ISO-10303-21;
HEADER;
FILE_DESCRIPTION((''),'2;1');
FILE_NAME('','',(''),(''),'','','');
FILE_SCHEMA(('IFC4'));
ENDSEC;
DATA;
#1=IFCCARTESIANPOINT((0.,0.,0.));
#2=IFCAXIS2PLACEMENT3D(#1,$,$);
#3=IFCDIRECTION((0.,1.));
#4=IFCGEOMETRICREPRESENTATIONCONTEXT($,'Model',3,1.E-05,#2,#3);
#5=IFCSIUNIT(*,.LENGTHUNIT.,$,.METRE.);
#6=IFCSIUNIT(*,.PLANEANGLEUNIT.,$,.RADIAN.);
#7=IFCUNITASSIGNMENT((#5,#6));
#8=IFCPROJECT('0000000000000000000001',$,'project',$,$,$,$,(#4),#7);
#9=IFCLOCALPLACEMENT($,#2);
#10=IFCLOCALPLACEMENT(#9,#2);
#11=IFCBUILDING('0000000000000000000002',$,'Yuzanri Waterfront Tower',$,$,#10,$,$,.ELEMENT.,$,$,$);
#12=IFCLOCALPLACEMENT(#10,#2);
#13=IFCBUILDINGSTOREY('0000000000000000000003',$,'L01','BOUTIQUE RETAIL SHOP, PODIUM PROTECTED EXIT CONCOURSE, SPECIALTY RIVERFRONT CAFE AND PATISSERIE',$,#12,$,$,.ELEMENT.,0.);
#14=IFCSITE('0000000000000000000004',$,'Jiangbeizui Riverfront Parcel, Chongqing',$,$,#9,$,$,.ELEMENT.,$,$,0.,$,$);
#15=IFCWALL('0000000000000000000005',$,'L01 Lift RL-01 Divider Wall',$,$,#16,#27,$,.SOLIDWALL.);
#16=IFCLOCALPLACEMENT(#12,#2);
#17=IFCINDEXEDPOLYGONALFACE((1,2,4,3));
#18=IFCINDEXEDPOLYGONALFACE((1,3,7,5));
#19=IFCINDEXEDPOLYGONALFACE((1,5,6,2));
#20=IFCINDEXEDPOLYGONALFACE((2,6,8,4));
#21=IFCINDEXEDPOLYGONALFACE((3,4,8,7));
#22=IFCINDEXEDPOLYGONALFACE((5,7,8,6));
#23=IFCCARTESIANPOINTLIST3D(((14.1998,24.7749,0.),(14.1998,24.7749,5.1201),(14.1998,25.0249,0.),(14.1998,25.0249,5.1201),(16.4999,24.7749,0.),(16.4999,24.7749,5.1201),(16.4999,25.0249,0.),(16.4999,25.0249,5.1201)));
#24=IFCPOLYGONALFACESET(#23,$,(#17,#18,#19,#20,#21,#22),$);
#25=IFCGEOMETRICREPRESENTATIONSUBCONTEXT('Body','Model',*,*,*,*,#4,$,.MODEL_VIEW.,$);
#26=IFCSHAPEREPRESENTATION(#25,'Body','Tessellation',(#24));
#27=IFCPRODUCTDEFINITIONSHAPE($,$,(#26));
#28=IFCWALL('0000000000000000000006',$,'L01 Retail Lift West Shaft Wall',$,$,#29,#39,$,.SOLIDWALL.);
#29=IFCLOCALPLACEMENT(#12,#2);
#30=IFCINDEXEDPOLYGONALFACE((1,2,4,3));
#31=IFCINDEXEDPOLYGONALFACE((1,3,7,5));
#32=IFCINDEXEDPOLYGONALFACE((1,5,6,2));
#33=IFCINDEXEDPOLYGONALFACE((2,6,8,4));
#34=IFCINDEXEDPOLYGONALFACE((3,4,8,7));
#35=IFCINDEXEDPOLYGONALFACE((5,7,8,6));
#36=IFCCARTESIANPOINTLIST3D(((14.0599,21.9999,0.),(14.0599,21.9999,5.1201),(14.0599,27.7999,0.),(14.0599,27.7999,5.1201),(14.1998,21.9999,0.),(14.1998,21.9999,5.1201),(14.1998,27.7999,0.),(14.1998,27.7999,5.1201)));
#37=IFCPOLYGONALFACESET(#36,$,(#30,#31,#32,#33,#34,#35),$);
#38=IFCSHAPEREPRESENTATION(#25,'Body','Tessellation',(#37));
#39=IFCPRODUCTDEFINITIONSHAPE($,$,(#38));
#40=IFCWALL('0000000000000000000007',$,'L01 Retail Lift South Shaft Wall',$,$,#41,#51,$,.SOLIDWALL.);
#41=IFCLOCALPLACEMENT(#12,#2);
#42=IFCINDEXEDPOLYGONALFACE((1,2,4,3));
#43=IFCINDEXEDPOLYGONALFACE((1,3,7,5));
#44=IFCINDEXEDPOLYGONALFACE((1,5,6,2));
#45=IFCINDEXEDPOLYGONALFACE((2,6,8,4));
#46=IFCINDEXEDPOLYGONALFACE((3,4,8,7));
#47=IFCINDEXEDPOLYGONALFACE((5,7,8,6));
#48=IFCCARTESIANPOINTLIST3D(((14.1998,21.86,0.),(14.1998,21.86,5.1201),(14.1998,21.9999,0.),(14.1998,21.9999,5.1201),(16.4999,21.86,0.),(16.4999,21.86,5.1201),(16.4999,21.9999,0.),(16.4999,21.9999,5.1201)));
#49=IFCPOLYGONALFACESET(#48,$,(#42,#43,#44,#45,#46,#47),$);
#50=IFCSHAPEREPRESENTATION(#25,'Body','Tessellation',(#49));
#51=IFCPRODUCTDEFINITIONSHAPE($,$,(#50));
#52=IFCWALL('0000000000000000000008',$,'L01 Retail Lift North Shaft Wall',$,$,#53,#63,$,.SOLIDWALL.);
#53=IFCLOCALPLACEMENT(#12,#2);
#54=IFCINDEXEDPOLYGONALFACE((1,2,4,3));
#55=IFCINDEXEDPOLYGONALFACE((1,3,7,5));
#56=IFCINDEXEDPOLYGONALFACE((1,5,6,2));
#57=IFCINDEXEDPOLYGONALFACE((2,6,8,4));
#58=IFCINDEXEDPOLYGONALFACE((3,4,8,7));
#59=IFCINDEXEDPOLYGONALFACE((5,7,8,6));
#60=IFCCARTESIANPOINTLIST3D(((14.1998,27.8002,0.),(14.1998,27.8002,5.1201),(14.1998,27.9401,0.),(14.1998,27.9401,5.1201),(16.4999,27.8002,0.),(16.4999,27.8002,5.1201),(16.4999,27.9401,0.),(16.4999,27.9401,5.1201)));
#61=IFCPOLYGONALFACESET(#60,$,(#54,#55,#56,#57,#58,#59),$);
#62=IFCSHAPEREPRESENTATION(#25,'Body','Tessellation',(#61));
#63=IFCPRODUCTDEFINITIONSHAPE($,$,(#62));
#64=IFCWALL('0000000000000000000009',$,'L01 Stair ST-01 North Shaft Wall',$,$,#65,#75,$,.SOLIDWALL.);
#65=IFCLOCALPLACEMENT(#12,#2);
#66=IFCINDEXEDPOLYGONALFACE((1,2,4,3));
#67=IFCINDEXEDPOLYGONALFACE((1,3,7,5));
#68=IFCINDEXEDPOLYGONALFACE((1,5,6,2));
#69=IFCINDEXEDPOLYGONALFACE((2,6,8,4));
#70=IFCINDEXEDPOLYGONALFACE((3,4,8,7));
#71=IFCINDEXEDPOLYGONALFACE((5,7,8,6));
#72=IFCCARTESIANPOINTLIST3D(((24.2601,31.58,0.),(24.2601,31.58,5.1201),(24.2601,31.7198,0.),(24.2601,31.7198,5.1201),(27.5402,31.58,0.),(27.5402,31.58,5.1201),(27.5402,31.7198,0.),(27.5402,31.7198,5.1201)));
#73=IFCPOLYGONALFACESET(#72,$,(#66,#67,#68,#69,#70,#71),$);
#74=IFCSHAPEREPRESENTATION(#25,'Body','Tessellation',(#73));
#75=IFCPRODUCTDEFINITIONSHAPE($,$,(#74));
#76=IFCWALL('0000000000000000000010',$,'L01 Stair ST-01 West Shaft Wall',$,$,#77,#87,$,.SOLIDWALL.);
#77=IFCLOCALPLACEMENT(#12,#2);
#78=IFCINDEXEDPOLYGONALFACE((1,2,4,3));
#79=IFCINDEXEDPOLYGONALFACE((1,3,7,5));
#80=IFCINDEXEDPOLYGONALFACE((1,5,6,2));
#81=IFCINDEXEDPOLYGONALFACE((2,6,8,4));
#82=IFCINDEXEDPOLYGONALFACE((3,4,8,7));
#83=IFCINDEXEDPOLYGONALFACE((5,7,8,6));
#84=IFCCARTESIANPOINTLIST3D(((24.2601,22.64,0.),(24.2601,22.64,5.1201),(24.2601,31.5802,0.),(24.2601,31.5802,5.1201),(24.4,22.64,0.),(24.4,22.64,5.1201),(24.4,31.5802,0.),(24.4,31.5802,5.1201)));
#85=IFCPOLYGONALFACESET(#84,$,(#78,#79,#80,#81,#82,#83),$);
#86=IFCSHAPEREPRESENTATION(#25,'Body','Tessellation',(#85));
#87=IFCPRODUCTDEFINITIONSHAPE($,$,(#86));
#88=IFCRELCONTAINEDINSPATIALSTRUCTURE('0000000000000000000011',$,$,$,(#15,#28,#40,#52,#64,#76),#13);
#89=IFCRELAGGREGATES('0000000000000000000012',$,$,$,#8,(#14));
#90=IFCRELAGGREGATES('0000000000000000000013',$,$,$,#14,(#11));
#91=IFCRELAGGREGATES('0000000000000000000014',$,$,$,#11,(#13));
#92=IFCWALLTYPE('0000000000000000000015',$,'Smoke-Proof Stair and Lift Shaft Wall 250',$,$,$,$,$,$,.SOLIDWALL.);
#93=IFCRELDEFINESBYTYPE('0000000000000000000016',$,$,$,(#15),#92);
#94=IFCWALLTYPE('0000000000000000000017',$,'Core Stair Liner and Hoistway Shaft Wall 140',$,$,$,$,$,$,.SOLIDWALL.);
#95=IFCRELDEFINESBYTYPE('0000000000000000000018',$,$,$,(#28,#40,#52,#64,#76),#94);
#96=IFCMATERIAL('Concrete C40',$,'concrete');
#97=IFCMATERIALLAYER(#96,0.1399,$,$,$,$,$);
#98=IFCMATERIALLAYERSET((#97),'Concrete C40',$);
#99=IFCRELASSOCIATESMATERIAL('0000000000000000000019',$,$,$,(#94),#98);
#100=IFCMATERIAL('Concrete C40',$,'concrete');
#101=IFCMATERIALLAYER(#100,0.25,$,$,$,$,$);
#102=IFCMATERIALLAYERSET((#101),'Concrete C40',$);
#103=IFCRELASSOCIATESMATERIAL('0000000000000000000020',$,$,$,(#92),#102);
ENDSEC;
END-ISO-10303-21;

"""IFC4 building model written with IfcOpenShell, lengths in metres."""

from ifc_helpers import new_model, si_unit, direction, frame, frame_2d, origin, place, context, subcontext, project, spatial, rectangle, extrude, source, transform, mapped, material, layer, layer_set, type_object, element, save


model = new_model("IFC4")

# Units and contexts
model_context = context("Model", 3, precision=1e-05, world=origin(), true_north=direction((0.0, 1.0)))
body_context = subcontext(model_context, "Body", "Model", "MODEL_VIEW")
ifc_project = project(units=[si_unit("LENGTHUNIT", "METRE"), si_unit("PLANEANGLEUNIT", "RADIAN")], contexts=[model_context])

# Site, building, storey
site_placement = place(None, origin())
site = spatial("IfcSite", under=ifc_project, at=site_placement, Name="Jiangbeizui Riverfront Parcel, Chongqing", CompositionType="ELEMENT", RefElevation=0.0)
building_placement = place(site_placement, origin())
building = spatial("IfcBuilding", under=site, at=building_placement, Name="Yuzanri Waterfront Tower", CompositionType="ELEMENT")
storey_placement = place(building_placement, origin())
storey = spatial("IfcBuildingStorey", under=building, at=storey_placement, Name="L01", Description="BOUTIQUE RETAIL SHOP, PODIUM PROTECTED EXIT CONCOURSE, SPECIALTY RIVERFRONT CAFE AND PATISSERIE", CompositionType="ELEMENT", Elevation=0.0)

# Shared definitions
ifc_material_1 = material(Name="Concrete C40", Category="concrete")
ifc_layer_1 = layer(ifc_material_1, 0.1399)
ifc_layer_set_1 = layer_set([ifc_layer_1], Name="Concrete C40")
wall_type_1 = type_object("IfcWallType", Name="Core Stair Liner and Hoistway Shaft Wall 140", PredefinedType="SOLIDWALL", material=ifc_layer_set_1)

# Walls
ifc_material_2 = material(Name="Concrete C40", Category="concrete")
ifc_layer_2 = layer(ifc_material_2, 0.25)
ifc_layer_set_2 = layer_set([ifc_layer_2], Name="Concrete C40")
wall_type_2 = type_object("IfcWallType", Name="Smoke-Proof Stair and Lift Shaft Wall 250", PredefinedType="SOLIDWALL", material=ifc_layer_set_2)
shared_shape_1 = source(origin(), body_context, "Body", "SweptSolid", [
    extrude(rectangle(XDim=2.3, YDim=0.25, at=frame_2d((1.1499, 0.0))), origin(), (0.0, 0.0, 1.0), 5.1201),
])
wall_1_placement = place(storey_placement, frame((14.2, 24.8999, 0.0), z_axis=(0.0, 0.0, 1.0), x_axis=(1.0, 0.0, 0.0)))
element("IfcWall", 1, at=wall_1_placement, inside=storey, type_object=wall_type_2, Name="L01 Lift RL-01 Divider Wall", PredefinedType="SOLIDWALL", context=body_context, shape_type="MappedRepresentation", body=[
    mapped(shared_shape_1, transform((0.0, 0.0, 0.0), scale=1.0)),
])
shared_shape_2 = source(origin(), body_context, "Body", "SweptSolid", [
    extrude(rectangle(XDim=5.8, YDim=0.1399, at=frame_2d((2.8999, 0.0))), origin(), (0.0, 0.0, 1.0), 5.1201),
])
wall_2_placement = place(storey_placement, frame((14.1299, 22.0, 0.0), z_axis=(0.0, 0.0, 1.0), x_axis=(0.0, 1.0, 0.0)))
element("IfcWall", 2, at=wall_2_placement, inside=storey, type_object=wall_type_1, Name="L01 Retail Lift West Shaft Wall", PredefinedType="SOLIDWALL", context=body_context, shape_type="MappedRepresentation", body=[
    mapped(shared_shape_2, transform((0.0, 0.0, 0.0), scale=1.0)),
])
shared_shape_3 = source(origin(), body_context, "Body", "SweptSolid", [
    extrude(rectangle(XDim=2.3, YDim=0.1399, at=frame_2d((1.1499, 0.0))), origin(), (0.0, 0.0, 1.0), 5.1201),
])
for number, where, z_axis, x_axis, name in (
    (3, (14.2, 21.9299, 0.0), (0.0, 0.0, 1.0), (1.0, 0.0, 0.0), "L01 Retail Lift South Shaft Wall"),
    (4, (14.2, 27.8701, 0.0), (0.0, 0.0, 1.0), (1.0, 0.0, 0.0), "L01 Retail Lift North Shaft Wall"),
):
    element("IfcWall", number, at=place(storey_placement, frame(where, z_axis=z_axis, x_axis=x_axis)), inside=storey, type_object=wall_type_1, Name=name, PredefinedType="SOLIDWALL", context=body_context, shape_type="MappedRepresentation", body=[
        mapped(shared_shape_3, transform((0.0, 0.0, 0.0), scale=1.0)),
    ])
shared_shape_4 = source(origin(), body_context, "Body", "SweptSolid", [
    extrude(rectangle(XDim=3.28, YDim=0.1399, at=frame_2d((1.6401, 0.0))), origin(), (0.0, 0.0, 1.0), 5.1201),
])
wall_3_placement = place(storey_placement, frame((24.26, 31.6499, 0.0), z_axis=(0.0, 0.0, 1.0), x_axis=(1.0, 0.0, 0.0)))
element("IfcWall", 5, at=wall_3_placement, inside=storey, type_object=wall_type_1, Name="L01 Stair ST-01 North Shaft Wall", PredefinedType="SOLIDWALL", context=body_context, shape_type="MappedRepresentation", body=[
    mapped(shared_shape_4, transform((0.0, 0.0, 0.0), scale=1.0)),
])
shared_shape_5 = source(origin(), body_context, "Body", "SweptSolid", [
    extrude(rectangle(XDim=8.9402, YDim=0.1399, at=frame_2d((4.4702, 0.0))), origin(), (0.0, 0.0, 1.0), 5.1201),
])
wall_4_placement = place(storey_placement, frame((24.3301, 22.6399, 0.0), z_axis=(0.0, 0.0, 1.0), x_axis=(0.0, 1.0, 0.0)))
element("IfcWall", 6, at=wall_4_placement, inside=storey, type_object=wall_type_1, Name="L01 Stair ST-01 West Shaft Wall", PredefinedType="SOLIDWALL", context=body_context, shape_type="MappedRepresentation", body=[
    mapped(shared_shape_5, transform((0.0, 0.0, 0.0), scale=1.0)),
])

save(model, "model.ifc")
